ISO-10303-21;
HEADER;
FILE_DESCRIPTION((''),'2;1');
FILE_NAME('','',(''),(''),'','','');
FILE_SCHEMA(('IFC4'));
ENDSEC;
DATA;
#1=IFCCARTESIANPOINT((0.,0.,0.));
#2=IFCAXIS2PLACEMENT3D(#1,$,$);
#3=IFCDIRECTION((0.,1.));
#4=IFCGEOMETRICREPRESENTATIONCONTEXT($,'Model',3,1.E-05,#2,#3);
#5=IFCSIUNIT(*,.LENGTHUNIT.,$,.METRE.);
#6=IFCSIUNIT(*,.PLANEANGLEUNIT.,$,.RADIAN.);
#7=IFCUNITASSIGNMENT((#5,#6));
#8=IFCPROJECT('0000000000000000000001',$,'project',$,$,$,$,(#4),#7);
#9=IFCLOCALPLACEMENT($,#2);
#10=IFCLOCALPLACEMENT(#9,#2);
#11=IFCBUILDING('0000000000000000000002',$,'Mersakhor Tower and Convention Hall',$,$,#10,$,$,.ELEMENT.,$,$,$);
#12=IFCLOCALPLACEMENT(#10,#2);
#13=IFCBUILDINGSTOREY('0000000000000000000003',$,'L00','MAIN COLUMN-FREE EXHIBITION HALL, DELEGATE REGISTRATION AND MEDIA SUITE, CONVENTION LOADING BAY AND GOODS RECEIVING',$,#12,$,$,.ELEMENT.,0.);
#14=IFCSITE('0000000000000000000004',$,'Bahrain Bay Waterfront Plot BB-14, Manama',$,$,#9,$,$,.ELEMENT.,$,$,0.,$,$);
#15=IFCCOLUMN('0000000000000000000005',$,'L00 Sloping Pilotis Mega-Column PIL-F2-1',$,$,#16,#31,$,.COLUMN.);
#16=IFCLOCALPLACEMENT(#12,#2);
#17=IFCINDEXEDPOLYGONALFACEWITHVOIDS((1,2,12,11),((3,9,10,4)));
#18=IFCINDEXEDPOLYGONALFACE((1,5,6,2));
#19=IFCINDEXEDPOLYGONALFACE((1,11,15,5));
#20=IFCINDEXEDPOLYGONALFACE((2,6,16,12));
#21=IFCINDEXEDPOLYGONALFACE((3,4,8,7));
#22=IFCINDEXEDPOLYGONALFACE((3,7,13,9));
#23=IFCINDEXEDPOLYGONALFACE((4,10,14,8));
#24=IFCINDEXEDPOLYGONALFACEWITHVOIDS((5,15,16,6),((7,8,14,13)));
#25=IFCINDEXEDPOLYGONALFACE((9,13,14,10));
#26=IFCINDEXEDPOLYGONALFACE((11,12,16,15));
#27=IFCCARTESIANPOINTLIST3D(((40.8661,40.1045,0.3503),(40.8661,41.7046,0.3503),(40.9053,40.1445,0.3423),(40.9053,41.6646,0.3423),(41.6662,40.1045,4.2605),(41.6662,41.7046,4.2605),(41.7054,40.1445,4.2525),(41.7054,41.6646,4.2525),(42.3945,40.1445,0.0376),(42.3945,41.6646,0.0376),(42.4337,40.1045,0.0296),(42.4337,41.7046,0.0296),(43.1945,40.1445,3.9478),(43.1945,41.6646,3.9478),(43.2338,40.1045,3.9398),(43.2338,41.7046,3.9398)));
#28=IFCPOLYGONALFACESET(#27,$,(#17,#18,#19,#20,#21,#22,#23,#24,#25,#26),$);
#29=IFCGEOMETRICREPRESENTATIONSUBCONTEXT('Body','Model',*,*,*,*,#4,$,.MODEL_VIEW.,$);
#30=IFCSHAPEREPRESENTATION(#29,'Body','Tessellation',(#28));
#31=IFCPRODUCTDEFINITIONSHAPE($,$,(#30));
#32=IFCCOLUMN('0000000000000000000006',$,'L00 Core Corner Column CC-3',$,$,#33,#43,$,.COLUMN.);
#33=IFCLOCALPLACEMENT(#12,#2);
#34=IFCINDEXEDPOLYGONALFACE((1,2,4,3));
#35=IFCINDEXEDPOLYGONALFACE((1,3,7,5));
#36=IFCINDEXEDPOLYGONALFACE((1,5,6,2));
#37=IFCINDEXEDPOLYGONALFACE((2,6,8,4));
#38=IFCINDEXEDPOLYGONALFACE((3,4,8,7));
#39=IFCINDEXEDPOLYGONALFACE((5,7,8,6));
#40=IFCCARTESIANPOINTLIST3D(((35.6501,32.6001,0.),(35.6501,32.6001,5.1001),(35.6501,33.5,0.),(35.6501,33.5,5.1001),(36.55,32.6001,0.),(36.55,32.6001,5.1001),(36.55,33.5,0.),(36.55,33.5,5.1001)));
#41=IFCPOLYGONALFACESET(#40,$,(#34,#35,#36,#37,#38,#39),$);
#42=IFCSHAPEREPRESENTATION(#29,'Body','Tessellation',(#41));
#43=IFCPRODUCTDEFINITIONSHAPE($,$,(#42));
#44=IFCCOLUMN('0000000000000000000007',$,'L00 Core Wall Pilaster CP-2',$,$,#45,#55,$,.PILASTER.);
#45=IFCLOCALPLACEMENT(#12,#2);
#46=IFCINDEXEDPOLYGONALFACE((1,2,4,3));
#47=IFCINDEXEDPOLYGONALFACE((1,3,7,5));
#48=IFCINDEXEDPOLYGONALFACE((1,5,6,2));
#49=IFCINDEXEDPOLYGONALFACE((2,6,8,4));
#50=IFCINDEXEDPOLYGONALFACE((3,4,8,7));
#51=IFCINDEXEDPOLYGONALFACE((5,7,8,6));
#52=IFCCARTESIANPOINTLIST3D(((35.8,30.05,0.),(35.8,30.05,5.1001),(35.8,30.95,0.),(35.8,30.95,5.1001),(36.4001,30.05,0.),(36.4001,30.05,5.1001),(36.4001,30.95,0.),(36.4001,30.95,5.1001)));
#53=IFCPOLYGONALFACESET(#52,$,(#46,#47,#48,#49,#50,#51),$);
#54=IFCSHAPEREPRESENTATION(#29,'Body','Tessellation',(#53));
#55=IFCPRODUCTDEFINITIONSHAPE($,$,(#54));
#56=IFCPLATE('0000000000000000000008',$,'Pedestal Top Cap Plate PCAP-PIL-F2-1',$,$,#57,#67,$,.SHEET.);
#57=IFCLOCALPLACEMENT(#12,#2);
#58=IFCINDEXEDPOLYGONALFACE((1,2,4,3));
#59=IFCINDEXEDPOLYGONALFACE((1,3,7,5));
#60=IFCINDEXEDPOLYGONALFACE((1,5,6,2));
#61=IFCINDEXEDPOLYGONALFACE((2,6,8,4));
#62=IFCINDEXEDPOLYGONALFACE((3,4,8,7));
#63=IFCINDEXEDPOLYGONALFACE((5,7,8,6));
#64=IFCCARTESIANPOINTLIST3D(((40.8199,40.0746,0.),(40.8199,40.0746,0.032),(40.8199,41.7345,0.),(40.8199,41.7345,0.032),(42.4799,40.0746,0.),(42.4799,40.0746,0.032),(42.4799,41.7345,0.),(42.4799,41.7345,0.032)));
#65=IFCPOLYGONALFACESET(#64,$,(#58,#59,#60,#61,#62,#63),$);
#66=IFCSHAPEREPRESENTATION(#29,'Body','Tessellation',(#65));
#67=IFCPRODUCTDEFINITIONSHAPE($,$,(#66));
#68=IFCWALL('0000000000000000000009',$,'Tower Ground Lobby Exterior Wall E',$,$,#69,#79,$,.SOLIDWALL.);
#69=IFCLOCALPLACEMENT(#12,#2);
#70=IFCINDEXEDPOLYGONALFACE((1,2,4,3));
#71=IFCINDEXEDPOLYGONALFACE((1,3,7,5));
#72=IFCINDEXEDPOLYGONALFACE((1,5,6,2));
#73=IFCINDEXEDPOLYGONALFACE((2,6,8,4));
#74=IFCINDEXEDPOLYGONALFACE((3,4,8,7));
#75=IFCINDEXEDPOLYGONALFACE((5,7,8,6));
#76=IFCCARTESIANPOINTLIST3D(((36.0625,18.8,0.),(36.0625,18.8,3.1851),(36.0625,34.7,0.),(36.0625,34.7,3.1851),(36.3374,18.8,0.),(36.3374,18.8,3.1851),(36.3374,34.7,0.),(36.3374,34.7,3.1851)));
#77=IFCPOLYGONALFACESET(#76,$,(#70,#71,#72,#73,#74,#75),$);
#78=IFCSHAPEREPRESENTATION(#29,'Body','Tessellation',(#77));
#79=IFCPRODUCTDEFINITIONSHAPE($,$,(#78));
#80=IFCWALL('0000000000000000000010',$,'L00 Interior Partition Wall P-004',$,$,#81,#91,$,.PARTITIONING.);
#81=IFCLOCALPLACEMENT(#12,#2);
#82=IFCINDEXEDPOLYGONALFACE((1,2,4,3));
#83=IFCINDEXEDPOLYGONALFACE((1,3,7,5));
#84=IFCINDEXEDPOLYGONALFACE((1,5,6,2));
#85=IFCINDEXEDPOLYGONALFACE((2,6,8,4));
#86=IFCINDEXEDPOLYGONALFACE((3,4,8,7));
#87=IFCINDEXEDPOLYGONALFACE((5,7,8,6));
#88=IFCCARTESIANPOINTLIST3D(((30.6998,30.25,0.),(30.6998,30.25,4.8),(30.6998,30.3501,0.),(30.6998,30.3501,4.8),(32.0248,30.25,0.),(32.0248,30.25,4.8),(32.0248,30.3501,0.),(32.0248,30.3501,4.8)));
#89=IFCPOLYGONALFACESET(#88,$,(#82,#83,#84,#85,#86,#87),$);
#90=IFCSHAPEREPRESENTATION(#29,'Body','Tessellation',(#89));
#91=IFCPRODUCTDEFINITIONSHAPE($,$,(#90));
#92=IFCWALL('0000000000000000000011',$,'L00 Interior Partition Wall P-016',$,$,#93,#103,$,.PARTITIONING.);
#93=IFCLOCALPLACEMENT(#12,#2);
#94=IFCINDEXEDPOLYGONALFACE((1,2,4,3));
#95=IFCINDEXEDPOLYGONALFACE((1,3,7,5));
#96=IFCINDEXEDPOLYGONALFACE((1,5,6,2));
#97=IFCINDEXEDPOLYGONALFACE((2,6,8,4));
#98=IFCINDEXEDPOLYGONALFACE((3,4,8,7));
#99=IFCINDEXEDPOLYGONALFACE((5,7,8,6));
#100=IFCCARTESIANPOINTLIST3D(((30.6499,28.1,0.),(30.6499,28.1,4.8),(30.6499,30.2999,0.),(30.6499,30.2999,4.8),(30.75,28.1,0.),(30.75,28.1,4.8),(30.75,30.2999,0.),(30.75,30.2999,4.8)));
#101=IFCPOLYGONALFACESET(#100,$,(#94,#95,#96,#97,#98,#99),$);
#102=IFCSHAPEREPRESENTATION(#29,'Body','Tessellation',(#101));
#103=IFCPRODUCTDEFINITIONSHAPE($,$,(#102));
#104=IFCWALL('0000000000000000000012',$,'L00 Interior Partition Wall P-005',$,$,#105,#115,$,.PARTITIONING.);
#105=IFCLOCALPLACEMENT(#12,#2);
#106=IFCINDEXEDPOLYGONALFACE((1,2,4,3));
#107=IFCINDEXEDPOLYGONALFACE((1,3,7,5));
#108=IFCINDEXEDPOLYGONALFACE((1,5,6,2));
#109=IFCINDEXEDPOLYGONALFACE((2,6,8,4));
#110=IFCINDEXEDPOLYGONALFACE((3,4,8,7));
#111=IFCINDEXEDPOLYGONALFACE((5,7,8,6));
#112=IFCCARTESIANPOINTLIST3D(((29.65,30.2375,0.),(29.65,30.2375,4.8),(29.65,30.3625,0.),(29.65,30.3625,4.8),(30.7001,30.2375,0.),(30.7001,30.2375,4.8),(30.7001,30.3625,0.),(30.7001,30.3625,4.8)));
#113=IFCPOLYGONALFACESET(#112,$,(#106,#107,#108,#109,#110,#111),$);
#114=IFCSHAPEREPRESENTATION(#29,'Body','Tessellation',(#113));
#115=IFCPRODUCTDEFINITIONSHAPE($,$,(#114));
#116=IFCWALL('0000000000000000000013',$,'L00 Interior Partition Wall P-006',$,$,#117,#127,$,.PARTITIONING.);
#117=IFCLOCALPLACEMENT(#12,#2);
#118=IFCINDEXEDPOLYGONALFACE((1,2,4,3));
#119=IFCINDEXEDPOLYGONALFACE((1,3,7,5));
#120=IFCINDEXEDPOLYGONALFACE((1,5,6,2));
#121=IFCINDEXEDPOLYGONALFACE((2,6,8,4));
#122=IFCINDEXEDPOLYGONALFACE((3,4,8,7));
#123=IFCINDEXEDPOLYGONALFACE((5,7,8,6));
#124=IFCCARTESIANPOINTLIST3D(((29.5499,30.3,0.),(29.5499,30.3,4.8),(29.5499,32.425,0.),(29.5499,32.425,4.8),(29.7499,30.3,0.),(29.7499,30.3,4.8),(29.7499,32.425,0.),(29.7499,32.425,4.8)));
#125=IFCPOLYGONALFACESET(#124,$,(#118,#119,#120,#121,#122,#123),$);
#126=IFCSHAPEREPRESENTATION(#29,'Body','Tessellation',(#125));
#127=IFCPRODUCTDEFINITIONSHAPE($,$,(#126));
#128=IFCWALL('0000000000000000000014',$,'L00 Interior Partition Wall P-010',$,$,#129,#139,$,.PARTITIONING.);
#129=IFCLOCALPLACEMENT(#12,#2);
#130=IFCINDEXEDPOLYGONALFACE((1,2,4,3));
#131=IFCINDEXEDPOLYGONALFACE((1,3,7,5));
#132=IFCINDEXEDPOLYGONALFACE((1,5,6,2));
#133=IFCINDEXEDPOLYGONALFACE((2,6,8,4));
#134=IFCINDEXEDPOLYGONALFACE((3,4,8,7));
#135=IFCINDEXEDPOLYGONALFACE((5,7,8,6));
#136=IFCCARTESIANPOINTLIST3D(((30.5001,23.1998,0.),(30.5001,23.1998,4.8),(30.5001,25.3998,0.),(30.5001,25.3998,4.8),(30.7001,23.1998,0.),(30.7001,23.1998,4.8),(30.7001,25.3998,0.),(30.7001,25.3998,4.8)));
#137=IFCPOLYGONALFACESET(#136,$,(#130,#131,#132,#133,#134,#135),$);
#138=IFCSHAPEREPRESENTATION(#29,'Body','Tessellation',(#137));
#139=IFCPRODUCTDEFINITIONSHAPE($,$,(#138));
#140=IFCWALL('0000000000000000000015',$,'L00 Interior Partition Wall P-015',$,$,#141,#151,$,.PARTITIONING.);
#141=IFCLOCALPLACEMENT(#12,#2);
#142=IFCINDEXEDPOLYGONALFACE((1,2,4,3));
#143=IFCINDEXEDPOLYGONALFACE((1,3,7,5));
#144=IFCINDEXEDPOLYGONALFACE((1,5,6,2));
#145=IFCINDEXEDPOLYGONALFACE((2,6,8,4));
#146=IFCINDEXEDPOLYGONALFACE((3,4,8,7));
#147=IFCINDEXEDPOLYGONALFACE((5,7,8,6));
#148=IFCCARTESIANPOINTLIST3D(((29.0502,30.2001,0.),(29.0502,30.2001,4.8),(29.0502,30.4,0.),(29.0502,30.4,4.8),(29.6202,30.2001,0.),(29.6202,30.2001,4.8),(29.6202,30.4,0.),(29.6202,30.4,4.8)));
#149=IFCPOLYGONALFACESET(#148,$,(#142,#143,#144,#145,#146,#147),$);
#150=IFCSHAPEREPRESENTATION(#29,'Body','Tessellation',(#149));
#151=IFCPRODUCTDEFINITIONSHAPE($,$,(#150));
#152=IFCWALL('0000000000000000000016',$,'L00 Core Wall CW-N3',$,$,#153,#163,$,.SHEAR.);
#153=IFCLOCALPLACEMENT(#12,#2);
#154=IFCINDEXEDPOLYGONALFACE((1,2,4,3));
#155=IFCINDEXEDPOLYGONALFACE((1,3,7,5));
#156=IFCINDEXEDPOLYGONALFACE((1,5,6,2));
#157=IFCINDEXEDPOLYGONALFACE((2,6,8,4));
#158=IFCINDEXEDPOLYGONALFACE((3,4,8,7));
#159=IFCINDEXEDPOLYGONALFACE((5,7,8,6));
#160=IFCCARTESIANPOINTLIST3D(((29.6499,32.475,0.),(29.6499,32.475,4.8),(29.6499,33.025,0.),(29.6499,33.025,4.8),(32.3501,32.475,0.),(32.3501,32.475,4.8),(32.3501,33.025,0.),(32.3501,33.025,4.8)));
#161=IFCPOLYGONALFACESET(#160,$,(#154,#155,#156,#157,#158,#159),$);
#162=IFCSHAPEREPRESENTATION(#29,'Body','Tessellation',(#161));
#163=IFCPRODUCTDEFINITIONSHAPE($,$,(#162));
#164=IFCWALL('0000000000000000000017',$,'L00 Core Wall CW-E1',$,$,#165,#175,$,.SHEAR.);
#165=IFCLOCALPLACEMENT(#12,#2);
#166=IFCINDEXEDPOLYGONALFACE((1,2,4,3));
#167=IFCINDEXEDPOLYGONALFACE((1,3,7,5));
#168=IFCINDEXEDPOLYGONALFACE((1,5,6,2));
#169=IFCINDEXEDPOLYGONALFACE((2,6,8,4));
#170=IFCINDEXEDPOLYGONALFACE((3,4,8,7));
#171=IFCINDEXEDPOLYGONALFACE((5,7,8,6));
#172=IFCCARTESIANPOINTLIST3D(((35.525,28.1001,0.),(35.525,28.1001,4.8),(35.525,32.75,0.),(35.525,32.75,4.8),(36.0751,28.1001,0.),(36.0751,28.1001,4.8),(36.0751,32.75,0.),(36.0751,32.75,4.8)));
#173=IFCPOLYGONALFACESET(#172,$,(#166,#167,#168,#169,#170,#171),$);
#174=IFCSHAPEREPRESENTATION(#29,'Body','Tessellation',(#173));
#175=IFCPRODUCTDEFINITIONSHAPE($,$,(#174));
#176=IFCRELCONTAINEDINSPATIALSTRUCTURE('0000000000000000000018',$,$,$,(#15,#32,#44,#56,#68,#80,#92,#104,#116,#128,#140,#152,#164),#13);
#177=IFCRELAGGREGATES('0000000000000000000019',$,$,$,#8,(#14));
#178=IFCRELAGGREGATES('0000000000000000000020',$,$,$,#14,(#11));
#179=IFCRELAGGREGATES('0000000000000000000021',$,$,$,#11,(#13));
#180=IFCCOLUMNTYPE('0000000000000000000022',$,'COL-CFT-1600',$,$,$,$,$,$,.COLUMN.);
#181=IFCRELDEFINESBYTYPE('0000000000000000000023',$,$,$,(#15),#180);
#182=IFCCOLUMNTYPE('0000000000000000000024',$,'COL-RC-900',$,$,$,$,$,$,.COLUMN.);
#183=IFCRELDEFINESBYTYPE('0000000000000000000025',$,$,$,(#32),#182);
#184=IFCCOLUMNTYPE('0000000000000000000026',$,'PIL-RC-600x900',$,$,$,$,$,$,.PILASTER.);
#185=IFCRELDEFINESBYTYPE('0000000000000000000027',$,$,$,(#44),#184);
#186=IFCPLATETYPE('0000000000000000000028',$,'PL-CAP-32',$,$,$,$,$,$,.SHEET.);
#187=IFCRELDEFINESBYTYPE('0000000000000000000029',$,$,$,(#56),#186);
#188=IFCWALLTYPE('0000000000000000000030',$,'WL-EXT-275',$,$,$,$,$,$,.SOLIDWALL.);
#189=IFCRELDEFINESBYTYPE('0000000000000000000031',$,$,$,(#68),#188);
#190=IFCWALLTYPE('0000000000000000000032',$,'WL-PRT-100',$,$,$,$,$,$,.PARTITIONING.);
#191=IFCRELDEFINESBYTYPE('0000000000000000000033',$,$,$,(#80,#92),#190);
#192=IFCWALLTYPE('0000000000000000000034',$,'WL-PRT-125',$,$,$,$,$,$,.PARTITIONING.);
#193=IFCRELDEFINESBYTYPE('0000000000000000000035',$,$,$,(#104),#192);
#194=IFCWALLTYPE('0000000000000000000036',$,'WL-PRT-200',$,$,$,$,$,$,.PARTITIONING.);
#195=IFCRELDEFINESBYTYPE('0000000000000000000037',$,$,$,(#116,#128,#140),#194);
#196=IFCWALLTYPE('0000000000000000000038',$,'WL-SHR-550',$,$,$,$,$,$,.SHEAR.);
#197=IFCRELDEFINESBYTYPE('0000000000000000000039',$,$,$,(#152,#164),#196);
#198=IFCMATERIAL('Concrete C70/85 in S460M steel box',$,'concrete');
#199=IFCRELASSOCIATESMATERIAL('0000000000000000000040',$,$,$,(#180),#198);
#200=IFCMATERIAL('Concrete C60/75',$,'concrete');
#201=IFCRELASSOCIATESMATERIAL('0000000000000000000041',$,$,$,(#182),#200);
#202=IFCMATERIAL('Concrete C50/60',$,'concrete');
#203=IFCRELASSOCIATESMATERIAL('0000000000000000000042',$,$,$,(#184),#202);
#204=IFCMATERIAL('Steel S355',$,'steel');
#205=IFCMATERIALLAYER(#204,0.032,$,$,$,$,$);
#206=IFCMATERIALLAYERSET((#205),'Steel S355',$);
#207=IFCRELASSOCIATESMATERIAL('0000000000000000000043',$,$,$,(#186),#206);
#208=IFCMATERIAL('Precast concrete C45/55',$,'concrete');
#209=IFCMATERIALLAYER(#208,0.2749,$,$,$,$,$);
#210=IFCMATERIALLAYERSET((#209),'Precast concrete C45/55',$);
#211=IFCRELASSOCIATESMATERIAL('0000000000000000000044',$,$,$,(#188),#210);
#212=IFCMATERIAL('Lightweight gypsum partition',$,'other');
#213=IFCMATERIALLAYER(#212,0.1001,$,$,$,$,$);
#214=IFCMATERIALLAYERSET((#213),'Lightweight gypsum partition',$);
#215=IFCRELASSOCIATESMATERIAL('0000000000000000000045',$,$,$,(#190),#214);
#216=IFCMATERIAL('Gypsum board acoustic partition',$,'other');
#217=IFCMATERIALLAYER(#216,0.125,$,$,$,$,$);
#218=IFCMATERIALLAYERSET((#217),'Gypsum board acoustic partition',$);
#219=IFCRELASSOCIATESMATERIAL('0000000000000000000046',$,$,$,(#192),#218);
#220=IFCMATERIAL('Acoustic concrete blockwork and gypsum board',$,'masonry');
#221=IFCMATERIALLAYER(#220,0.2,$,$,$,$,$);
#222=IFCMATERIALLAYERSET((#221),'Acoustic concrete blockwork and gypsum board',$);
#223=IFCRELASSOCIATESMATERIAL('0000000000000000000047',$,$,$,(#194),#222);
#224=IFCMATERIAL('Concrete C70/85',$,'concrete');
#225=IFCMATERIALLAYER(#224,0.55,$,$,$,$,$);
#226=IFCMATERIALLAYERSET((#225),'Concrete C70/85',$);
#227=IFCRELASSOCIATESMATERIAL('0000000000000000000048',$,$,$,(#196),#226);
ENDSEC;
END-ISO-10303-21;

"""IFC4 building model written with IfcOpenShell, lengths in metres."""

from ifc_helpers import new_model, si_unit, direction, frame, frame_2d, origin, origin_2d, place, context, subcontext, project, spatial, rectangle, hollow_rectangle, extrude, material, layer, layer_set, material_profile, profile_set, type_object, element, save


model = new_model("IFC4")

# Units and contexts
model_context = context("Model", 3, precision=1e-05, world=origin(), true_north=direction((0.0, 1.0)))
body_context = subcontext(model_context, "Body", "Model", "MODEL_VIEW")
ifc_project = project(units=[si_unit("LENGTHUNIT", "METRE"), si_unit("PLANEANGLEUNIT", "RADIAN")], contexts=[model_context])

# Site, building, storey
site_placement = place(None, origin())
site = spatial("IfcSite", under=ifc_project, at=site_placement, Name="Bahrain Bay Waterfront Plot BB-14, Manama", CompositionType="ELEMENT", RefElevation=0.0)
building_placement = place(site_placement, origin())
building = spatial("IfcBuilding", under=site, at=building_placement, Name="Mersakhor Tower and Convention Hall", CompositionType="ELEMENT")
storey_placement = place(building_placement, origin())
storey = spatial("IfcBuildingStorey", under=building, at=storey_placement, Name="L00", Description="MAIN COLUMN-FREE EXHIBITION HALL, DELEGATE REGISTRATION AND MEDIA SUITE, CONVENTION LOADING BAY AND GOODS RECEIVING", CompositionType="ELEMENT", Elevation=0.0)

# Columns
ifc_material_1 = material(Name="Concrete C70/85 in S460M steel box", Category="concrete")
ifc_material_profile_1 = material_profile(ifc_material_1, hollow_rectangle(XDim=1.6001, YDim=1.6001, WallThickness=0.04, at=origin_2d()), Name="SHS 1600x1600x40")
ifc_profile_set_1 = profile_set([ifc_material_profile_1], Name="Concrete C70/85 in S460M steel box")
column_type_1 = type_object("IfcColumnType", Name="COL-CFT-1600", PredefinedType="COLUMN", material=ifc_profile_set_1)
column_1_placement = place(storey_placement, frame((41.6499, 40.9045, 0.1899), z_axis=(0.200455, 0.0, 0.979703), x_axis=(0.0, 1.0, 0.0)))
element("IfcColumn", 1, at=column_1_placement, inside=storey, type_object=column_type_1, Name="L00 Sloping Pilotis Mega-Column PIL-F2-1", PredefinedType="COLUMN", context=body_context, shape_type="SweptSolid", body=[
    extrude(hollow_rectangle(XDim=1.6001, YDim=1.6001, WallThickness=0.04, at=origin_2d()), origin(), (0.0, 0.0, 1.0), 3.9912),
])
ifc_material_2 = material(Name="Concrete C60/75", Category="concrete")
ifc_material_profile_2 = material_profile(ifc_material_2, rectangle(XDim=0.8999, YDim=0.8999, at=origin_2d()), Name="RC 900x900")
ifc_profile_set_2 = profile_set([ifc_material_profile_2], Name="Concrete C60/75")
column_type_2 = type_object("IfcColumnType", Name="COL-RC-900", PredefinedType="COLUMN", material=ifc_profile_set_2)
column_2_placement = place(storey_placement, frame((36.1001, 33.05, 0.0), z_axis=(0.0, 0.0, 1.0), x_axis=(1.0, 0.0, 0.0)))
element("IfcColumn", 2, at=column_2_placement, inside=storey, type_object=column_type_2, Name="L00 Core Corner Column CC-3", PredefinedType="COLUMN", context=body_context, shape_type="SweptSolid", body=[
    extrude(rectangle(XDim=0.8999, YDim=0.8999, at=origin_2d()), origin(), (0.0, 0.0, 1.0), 5.1001),
])
ifc_material_3 = material(Name="Concrete C50/60", Category="concrete")
ifc_material_profile_3 = material_profile(ifc_material_3, rectangle(XDim=0.6001, YDim=0.8999, at=origin_2d()), Name="RC 600x900")
ifc_profile_set_3 = profile_set([ifc_material_profile_3], Name="Concrete C50/60")
column_type_3 = type_object("IfcColumnType", Name="PIL-RC-600x900", PredefinedType="PILASTER", material=ifc_profile_set_3)
column_3_placement = place(storey_placement, frame((36.1001, 30.5, 0.0), z_axis=(0.0, 0.0, 1.0), x_axis=(1.0, 0.0, 0.0)))
element("IfcColumn", 3, at=column_3_placement, inside=storey, type_object=column_type_3, Name="L00 Core Wall Pilaster CP-2", PredefinedType="PILASTER", context=body_context, shape_type="SweptSolid", body=[
    extrude(rectangle(XDim=0.6001, YDim=0.8999, at=origin_2d()), origin(), (0.0, 0.0, 1.0), 5.1001),
])

# Plate
ifc_material_4 = material(Name="Steel S355", Category="steel")
ifc_layer_1 = layer(ifc_material_4, 0.032)
ifc_layer_set_1 = layer_set([ifc_layer_1], Name="Steel S355")
plate_type = type_object("IfcPlateType", Name="PL-CAP-32", PredefinedType="SHEET", material=ifc_layer_set_1)
plate_placement = place(storey_placement, frame((41.6499, 40.9045, 0.0), z_axis=(0.0, 0.0, 1.0), x_axis=(1.0, 0.0, 0.0)))
element("IfcPlate", 4, at=plate_placement, inside=storey, type_object=plate_type, Name="Pedestal Top Cap Plate PCAP-PIL-F2-1", PredefinedType="SHEET", context=body_context, shape_type="SweptSolid", body=[
    extrude(rectangle(XDim=1.6599, YDim=1.6599, at=origin_2d()), origin(), (0.0, 0.0, 1.0), 0.032),
])

# Walls
ifc_material_5 = material(Name="Precast concrete C45/55", Category="concrete")
ifc_layer_2 = layer(ifc_material_5, 0.2749)
ifc_layer_set_2 = layer_set([ifc_layer_2], Name="Precast concrete C45/55")
wall_type_1 = type_object("IfcWallType", Name="WL-EXT-275", PredefinedType="SOLIDWALL", material=ifc_layer_set_2)
wall_1_placement = place(storey_placement, frame((36.2, 34.7, 0.0), z_axis=(0.0, 0.0, 1.0), x_axis=(0.0, -1.0, 0.0)))
element("IfcWall", 5, at=wall_1_placement, inside=storey, type_object=wall_type_1, Name="Tower Ground Lobby Exterior Wall E", PredefinedType="SOLIDWALL", context=body_context, shape_type="SweptSolid", body=[
    extrude(rectangle(XDim=15.8999, YDim=0.2749, at=frame_2d((7.95, 0.0))), origin(), (0.0, 0.0, 1.0), 3.1851),
])
ifc_material_6 = material(Name="Lightweight gypsum partition", Category="other")
ifc_layer_3 = layer(ifc_material_6, 0.1001)
ifc_layer_set_3 = layer_set([ifc_layer_3], Name="Lightweight gypsum partition")
wall_type_2 = type_object("IfcWallType", Name="WL-PRT-100", PredefinedType="PARTITIONING", material=ifc_layer_set_3)
wall_2_placement = place(storey_placement, frame((32.0249, 30.3, 0.0), z_axis=(0.0, 0.0, 1.0), x_axis=(-1.0, 0.0, 0.0)))
element("IfcWall", 6, at=wall_2_placement, inside=storey, type_object=wall_type_2, Name="L00 Interior Partition Wall P-004", PredefinedType="PARTITIONING", context=body_context, shape_type="SweptSolid", body=[
    extrude(rectangle(XDim=1.325, YDim=0.1001, at=frame_2d((0.6626, 0.0))), origin(), (0.0, 0.0, 1.0), 4.8),
])
wall_3_placement = place(storey_placement, frame((30.7, 30.3, 0.0), z_axis=(0.0, 0.0, 1.0), x_axis=(0.0, -1.0, 0.0)))
element("IfcWall", 7, at=wall_3_placement, inside=storey, type_object=wall_type_2, Name="L00 Interior Partition Wall P-016", PredefinedType="PARTITIONING", context=body_context, shape_type="SweptSolid", body=[
    extrude(rectangle(XDim=2.2, YDim=0.1001, at=frame_2d((1.1001, 0.0))), origin(), (0.0, 0.0, 1.0), 4.8),
])
ifc_material_7 = material(Name="Gypsum board acoustic partition", Category="other")
ifc_layer_4 = layer(ifc_material_7, 0.125)
ifc_layer_set_4 = layer_set([ifc_layer_4], Name="Gypsum board acoustic partition")
wall_type_3 = type_object("IfcWallType", Name="WL-PRT-125", PredefinedType="PARTITIONING", material=ifc_layer_set_4)
wall_4_placement = place(storey_placement, frame((30.7, 30.3, 0.0), z_axis=(0.0, 0.0, 1.0), x_axis=(-1.0, 0.0, 0.0)))
element("IfcWall", 8, at=wall_4_placement, inside=storey, type_object=wall_type_3, Name="L00 Interior Partition Wall P-005", PredefinedType="PARTITIONING", context=body_context, shape_type="SweptSolid", body=[
    extrude(rectangle(XDim=1.05, YDim=0.125, at=frame_2d((0.5249, 0.0))), origin(), (0.0, 0.0, 1.0), 4.8),
])
ifc_material_8 = material(Name="Acoustic concrete blockwork and gypsum board", Category="masonry")
ifc_layer_5 = layer(ifc_material_8, 0.2)
ifc_layer_set_5 = layer_set([ifc_layer_5], Name="Acoustic concrete blockwork and gypsum board")
wall_type_4 = type_object("IfcWallType", Name="WL-PRT-200", PredefinedType="PARTITIONING", material=ifc_layer_set_5)
wall_5_placement = place(storey_placement, frame((29.6499, 30.3, 0.0), z_axis=(0.0, 0.0, 1.0), x_axis=(0.0, 1.0, 0.0)))
element("IfcWall", 9, at=wall_5_placement, inside=storey, type_object=wall_type_4, Name="L00 Interior Partition Wall P-006", PredefinedType="PARTITIONING", context=body_context, shape_type="SweptSolid", body=[
    extrude(rectangle(XDim=2.125, YDim=0.2, at=frame_2d((1.0625, 0.0))), origin(), (0.0, 0.0, 1.0), 4.8),
])
wall_6_placement = place(storey_placement, frame((30.6001, 25.3999, 0.0), z_axis=(0.0, 0.0, 1.0), x_axis=(0.0, -1.0, 0.0)))
element("IfcWall", 10, at=wall_6_placement, inside=storey, type_object=wall_type_4, Name="L00 Interior Partition Wall P-010", PredefinedType="PARTITIONING", context=body_context, shape_type="SweptSolid", body=[
    extrude(rectangle(XDim=2.2, YDim=0.2, at=frame_2d((1.1001, 0.0))), origin(), (0.0, 0.0, 1.0), 4.8),
])
wall_7_placement = place(storey_placement, frame((29.05, 30.3, 0.0), z_axis=(0.0, 0.0, 1.0), x_axis=(1.0, 0.0, 0.0)))
element("IfcWall", 11, at=wall_7_placement, inside=storey, type_object=wall_type_4, Name="L00 Interior Partition Wall P-015", PredefinedType="PARTITIONING", context=body_context, shape_type="SweptSolid", body=[
    extrude(rectangle(XDim=0.5701, YDim=0.2, at=frame_2d((0.2852, 0.0))), origin(), (0.0, 0.0, 1.0), 4.8),
])

# Wall
ifc_material_9 = material(Name="Concrete C70/85", Category="concrete")
ifc_layer_6 = layer(ifc_material_9, 0.55)
ifc_layer_set_6 = layer_set([ifc_layer_6], Name="Concrete C70/85")
wall_type_5 = type_object("IfcWallType", Name="WL-SHR-550", PredefinedType="SHEAR", material=ifc_layer_set_6)
wall_8_placement = place(storey_placement, frame((29.6499, 32.75, 0.0), z_axis=(0.0, 0.0, 1.0), x_axis=(1.0, 0.0, 0.0)))
element("IfcWall", 12, at=wall_8_placement, inside=storey, type_object=wall_type_5, Name="L00 Core Wall CW-N3", PredefinedType="SHEAR", context=body_context, shape_type="SweptSolid", body=[
    extrude(rectangle(XDim=2.7002, YDim=0.55, at=frame_2d((1.3501, 0.0))), origin(), (0.0, 0.0, 1.0), 4.8),
])

# Wall
wall_9_placement = place(storey_placement, frame((35.8, 32.75, 0.0), z_axis=(0.0, 0.0, 1.0), x_axis=(0.0, -1.0, 0.0)))
element("IfcWall", 13, at=wall_9_placement, inside=storey, type_object=wall_type_5, Name="L00 Core Wall CW-E1", PredefinedType="SHEAR", context=body_context, shape_type="SweptSolid", body=[
    extrude(rectangle(XDim=4.6499, YDim=0.55, at=frame_2d((2.325, 0.0))), origin(), (0.0, 0.0, 1.0), 4.8),
])

save(model, "model.ifc")
